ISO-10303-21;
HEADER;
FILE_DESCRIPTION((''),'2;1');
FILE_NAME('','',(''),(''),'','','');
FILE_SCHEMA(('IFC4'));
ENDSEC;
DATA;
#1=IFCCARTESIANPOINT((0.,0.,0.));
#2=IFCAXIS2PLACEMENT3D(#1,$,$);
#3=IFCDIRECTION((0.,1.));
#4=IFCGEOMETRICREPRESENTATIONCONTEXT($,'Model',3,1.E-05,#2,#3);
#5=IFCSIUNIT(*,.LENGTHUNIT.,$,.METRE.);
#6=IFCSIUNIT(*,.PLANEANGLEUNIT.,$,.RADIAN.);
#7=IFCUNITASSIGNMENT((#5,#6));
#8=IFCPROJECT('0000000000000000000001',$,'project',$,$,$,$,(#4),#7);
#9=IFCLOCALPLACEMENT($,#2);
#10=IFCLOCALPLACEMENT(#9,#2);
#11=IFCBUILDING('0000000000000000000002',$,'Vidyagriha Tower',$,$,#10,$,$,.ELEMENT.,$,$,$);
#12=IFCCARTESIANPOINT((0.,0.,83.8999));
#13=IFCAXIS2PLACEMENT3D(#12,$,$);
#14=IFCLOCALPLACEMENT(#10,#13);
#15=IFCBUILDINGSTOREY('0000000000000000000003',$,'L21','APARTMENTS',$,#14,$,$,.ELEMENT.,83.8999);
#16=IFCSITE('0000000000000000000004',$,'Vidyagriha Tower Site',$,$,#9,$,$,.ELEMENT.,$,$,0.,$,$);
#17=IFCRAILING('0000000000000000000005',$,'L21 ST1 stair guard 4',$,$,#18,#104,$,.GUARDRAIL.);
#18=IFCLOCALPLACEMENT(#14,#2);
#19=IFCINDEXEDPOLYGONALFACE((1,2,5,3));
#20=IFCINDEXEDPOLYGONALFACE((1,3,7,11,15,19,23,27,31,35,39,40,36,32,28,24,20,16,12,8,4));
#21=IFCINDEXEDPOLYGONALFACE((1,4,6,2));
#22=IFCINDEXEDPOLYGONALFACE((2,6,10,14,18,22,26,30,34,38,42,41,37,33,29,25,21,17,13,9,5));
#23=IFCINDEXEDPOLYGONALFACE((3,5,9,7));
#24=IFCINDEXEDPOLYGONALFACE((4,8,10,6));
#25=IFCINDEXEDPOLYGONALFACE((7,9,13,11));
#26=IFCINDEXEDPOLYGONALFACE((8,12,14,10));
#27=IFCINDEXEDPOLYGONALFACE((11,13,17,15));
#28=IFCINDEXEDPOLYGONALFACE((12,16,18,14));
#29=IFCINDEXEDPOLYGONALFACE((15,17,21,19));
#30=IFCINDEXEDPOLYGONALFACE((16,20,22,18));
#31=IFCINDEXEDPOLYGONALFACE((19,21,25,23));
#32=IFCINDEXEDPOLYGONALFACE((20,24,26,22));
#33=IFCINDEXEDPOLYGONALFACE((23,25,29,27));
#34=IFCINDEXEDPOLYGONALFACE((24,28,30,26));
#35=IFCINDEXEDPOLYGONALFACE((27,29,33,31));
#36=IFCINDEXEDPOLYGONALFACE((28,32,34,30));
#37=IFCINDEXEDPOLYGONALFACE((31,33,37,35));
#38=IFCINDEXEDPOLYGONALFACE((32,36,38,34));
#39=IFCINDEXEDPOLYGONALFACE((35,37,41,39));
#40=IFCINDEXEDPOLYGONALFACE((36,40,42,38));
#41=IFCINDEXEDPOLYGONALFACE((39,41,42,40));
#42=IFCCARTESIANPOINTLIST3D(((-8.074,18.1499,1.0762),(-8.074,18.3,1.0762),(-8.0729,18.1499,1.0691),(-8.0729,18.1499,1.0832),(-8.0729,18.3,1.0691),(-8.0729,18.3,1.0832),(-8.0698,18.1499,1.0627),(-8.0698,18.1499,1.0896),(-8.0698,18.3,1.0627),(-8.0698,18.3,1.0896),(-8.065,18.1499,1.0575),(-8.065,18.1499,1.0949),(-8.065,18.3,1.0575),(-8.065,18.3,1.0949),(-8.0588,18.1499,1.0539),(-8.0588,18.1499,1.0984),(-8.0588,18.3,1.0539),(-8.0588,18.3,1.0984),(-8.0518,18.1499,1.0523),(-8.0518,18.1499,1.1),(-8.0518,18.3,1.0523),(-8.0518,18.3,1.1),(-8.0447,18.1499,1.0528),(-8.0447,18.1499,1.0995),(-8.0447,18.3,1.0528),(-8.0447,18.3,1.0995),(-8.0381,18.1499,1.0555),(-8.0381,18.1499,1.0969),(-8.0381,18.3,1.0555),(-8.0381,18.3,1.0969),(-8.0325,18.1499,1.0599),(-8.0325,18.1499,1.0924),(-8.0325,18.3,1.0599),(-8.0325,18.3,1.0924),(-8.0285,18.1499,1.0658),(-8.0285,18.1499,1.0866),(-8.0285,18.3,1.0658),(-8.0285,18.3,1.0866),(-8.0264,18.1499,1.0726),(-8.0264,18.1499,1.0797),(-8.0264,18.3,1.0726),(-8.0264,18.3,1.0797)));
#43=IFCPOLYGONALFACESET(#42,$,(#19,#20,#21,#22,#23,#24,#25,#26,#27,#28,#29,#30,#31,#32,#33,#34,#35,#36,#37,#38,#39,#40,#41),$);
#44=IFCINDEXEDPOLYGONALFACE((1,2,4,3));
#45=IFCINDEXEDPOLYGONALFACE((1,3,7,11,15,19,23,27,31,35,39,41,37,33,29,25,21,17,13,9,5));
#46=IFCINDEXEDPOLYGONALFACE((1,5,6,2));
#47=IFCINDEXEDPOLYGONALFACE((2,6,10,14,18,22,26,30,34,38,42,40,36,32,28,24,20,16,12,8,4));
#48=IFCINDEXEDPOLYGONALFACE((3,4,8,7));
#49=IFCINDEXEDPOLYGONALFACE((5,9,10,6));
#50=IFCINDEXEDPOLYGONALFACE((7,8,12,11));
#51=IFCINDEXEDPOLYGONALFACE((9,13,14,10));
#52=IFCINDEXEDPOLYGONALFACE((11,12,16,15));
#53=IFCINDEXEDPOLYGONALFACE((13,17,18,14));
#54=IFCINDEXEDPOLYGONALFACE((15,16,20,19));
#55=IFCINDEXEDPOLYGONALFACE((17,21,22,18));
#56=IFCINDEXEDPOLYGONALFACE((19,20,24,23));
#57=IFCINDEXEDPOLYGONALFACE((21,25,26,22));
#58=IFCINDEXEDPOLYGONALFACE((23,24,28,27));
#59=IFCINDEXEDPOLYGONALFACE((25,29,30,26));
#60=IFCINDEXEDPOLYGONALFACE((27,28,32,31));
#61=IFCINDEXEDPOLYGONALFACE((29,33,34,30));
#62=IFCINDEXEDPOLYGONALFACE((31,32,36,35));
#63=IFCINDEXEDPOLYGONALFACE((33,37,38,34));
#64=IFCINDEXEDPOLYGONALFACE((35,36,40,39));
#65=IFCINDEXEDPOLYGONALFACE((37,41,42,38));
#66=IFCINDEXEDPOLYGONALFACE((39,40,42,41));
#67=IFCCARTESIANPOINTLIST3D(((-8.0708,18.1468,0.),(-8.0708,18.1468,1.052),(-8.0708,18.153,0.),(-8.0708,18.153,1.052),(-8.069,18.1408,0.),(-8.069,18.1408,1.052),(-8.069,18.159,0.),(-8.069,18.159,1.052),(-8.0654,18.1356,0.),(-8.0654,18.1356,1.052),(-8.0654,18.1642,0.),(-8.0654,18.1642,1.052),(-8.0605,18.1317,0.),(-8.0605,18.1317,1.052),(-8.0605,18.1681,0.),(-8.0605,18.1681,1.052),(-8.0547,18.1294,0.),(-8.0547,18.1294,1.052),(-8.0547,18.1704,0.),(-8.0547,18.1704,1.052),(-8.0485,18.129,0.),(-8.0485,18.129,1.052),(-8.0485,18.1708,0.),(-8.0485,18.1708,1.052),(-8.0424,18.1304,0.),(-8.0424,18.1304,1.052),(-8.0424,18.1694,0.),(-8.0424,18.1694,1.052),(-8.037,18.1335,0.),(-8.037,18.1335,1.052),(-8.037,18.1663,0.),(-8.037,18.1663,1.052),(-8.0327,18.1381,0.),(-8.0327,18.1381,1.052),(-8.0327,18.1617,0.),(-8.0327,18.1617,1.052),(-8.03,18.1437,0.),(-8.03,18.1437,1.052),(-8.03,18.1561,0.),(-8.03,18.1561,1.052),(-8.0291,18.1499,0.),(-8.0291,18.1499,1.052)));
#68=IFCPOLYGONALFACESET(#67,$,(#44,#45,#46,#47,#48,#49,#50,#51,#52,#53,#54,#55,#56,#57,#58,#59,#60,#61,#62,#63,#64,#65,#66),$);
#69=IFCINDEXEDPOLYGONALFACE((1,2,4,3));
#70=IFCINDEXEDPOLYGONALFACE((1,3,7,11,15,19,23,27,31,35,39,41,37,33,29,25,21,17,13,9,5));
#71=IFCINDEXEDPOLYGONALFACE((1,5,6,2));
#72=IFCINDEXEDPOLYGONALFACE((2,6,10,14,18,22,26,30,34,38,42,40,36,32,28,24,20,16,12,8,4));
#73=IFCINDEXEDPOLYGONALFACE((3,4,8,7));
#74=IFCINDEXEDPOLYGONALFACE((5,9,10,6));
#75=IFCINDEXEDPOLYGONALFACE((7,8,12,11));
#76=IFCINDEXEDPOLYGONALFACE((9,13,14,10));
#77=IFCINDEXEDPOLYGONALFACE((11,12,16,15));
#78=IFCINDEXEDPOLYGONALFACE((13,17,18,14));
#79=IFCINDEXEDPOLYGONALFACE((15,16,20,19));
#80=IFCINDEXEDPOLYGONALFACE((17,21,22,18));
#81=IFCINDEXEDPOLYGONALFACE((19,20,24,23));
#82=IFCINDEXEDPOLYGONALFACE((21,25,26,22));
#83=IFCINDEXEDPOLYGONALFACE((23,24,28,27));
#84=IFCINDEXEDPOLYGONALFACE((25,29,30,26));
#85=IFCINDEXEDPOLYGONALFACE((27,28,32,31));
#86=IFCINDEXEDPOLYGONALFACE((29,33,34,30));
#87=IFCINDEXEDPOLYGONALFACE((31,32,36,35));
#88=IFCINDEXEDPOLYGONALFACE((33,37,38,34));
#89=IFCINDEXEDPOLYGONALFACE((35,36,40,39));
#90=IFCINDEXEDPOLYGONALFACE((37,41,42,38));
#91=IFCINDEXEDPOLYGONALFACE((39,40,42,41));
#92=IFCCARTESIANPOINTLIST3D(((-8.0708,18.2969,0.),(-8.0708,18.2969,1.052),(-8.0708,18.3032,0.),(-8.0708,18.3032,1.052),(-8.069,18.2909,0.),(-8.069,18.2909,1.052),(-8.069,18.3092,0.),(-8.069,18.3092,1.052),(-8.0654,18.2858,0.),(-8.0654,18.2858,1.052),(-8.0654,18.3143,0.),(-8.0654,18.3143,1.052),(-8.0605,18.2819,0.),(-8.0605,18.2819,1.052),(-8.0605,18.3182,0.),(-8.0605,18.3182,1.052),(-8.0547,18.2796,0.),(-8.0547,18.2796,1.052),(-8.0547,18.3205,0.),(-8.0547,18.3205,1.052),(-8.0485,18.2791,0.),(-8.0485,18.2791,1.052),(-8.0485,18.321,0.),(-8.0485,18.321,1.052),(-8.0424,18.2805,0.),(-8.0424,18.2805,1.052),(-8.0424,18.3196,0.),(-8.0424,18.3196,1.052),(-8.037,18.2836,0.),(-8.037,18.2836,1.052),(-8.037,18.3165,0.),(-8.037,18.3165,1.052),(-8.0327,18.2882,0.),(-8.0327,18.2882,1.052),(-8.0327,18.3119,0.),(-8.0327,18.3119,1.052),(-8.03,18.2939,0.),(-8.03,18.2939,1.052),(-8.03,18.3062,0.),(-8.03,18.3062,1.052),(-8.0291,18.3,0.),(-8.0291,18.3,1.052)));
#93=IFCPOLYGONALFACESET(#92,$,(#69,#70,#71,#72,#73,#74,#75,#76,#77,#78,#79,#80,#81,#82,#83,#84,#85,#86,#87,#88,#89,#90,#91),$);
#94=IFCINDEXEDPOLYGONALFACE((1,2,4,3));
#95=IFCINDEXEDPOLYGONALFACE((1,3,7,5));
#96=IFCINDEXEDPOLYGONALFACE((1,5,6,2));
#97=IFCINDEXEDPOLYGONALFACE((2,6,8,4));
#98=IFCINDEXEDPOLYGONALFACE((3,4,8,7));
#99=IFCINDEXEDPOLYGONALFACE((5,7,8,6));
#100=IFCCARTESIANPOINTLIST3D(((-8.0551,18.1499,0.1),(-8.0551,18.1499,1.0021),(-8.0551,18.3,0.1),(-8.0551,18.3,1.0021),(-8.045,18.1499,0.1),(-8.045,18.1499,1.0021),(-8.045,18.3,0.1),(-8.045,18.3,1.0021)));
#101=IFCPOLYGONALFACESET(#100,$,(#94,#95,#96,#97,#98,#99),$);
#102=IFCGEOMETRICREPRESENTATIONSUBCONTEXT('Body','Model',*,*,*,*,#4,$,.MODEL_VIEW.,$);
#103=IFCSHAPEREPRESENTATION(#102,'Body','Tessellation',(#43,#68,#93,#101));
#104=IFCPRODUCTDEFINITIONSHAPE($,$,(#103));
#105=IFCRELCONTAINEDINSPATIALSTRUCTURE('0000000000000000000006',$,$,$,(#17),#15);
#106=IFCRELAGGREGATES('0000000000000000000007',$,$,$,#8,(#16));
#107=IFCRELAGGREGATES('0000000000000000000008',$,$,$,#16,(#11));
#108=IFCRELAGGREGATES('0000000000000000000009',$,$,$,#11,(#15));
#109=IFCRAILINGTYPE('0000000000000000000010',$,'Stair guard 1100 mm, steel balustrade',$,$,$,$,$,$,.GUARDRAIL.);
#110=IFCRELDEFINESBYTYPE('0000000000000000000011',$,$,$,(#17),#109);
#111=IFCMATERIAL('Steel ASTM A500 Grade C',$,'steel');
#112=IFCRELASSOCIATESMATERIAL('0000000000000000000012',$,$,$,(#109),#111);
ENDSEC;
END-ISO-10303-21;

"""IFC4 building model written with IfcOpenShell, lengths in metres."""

from ifc_helpers import new_model, si_unit, direction, frame, origin, origin_2d, place, context, subcontext, project, spatial, rectangle, circle, extrude, material, type_object, element, save


model = new_model("IFC4")

# Units and contexts
model_context = context("Model", 3, precision=1e-05, world=origin(), true_north=direction((0.0, 1.0)))
body_context = subcontext(model_context, "Body", "Model", "MODEL_VIEW")
ifc_project = project(units=[si_unit("LENGTHUNIT", "METRE"), si_unit("PLANEANGLEUNIT", "RADIAN")], contexts=[model_context])

# Site, building, storey
site_placement = place(None, origin())
site = spatial("IfcSite", under=ifc_project, at=site_placement, Name="Vidyagriha Tower Site", CompositionType="ELEMENT", RefElevation=0.0)
building_placement = place(site_placement, origin())
building = spatial("IfcBuilding", under=site, at=building_placement, Name="Vidyagriha Tower", CompositionType="ELEMENT")
storey_placement = place(building_placement, frame((0.0, 0.0, 83.8999)))
storey = spatial("IfcBuildingStorey", under=building, at=storey_placement, Name="L21", Description="APARTMENTS", CompositionType="ELEMENT", Elevation=83.8999)

# Railing
ifc_material_1 = material(Name="Steel ASTM A500 Grade C", Category="steel")
railing_type_1 = type_object("IfcRailingType", Name="Stair guard 1100 mm, steel balustrade", PredefinedType="GUARDRAIL", material=ifc_material_1)
railing_1_placement = place(storey_placement, frame((-8.05, 18.1499, 0.0)))
element("IfcRailing", 1, at=railing_1_placement, inside=storey, type_object=railing_type_1, Name="L21 ST1 stair guard 4", PredefinedType="GUARDRAIL", context=body_context, shape_type="SweptSolid", body=[
    extrude(circle(Radius=0.0239, at=origin_2d()), frame((0.0, 0.0, 1.0762), z_axis=(0.0, 1.0, 0.0), x_axis=(-1.0, 0.0, 0.0)), (0.0, 0.0, 1.0), 0.1501),
    extrude(circle(Radius=0.021, at=origin_2d()), origin(), (0.0, 0.0, 1.0), 1.052),
    extrude(circle(Radius=0.021, at=origin_2d()), frame((0.0, 0.1501, 0.0)), (0.0, 0.0, 1.0), 1.052),
    extrude(rectangle(XDim=0.01, YDim=0.9021, at=origin_2d()), frame((0.0, 0.0, 0.551), z_axis=(0.0, 1.0, 0.0), x_axis=(-1.0, 0.0, 0.0)), (0.0, 0.0, 1.0), 0.1501),
])

save(model, "model.ifc")
